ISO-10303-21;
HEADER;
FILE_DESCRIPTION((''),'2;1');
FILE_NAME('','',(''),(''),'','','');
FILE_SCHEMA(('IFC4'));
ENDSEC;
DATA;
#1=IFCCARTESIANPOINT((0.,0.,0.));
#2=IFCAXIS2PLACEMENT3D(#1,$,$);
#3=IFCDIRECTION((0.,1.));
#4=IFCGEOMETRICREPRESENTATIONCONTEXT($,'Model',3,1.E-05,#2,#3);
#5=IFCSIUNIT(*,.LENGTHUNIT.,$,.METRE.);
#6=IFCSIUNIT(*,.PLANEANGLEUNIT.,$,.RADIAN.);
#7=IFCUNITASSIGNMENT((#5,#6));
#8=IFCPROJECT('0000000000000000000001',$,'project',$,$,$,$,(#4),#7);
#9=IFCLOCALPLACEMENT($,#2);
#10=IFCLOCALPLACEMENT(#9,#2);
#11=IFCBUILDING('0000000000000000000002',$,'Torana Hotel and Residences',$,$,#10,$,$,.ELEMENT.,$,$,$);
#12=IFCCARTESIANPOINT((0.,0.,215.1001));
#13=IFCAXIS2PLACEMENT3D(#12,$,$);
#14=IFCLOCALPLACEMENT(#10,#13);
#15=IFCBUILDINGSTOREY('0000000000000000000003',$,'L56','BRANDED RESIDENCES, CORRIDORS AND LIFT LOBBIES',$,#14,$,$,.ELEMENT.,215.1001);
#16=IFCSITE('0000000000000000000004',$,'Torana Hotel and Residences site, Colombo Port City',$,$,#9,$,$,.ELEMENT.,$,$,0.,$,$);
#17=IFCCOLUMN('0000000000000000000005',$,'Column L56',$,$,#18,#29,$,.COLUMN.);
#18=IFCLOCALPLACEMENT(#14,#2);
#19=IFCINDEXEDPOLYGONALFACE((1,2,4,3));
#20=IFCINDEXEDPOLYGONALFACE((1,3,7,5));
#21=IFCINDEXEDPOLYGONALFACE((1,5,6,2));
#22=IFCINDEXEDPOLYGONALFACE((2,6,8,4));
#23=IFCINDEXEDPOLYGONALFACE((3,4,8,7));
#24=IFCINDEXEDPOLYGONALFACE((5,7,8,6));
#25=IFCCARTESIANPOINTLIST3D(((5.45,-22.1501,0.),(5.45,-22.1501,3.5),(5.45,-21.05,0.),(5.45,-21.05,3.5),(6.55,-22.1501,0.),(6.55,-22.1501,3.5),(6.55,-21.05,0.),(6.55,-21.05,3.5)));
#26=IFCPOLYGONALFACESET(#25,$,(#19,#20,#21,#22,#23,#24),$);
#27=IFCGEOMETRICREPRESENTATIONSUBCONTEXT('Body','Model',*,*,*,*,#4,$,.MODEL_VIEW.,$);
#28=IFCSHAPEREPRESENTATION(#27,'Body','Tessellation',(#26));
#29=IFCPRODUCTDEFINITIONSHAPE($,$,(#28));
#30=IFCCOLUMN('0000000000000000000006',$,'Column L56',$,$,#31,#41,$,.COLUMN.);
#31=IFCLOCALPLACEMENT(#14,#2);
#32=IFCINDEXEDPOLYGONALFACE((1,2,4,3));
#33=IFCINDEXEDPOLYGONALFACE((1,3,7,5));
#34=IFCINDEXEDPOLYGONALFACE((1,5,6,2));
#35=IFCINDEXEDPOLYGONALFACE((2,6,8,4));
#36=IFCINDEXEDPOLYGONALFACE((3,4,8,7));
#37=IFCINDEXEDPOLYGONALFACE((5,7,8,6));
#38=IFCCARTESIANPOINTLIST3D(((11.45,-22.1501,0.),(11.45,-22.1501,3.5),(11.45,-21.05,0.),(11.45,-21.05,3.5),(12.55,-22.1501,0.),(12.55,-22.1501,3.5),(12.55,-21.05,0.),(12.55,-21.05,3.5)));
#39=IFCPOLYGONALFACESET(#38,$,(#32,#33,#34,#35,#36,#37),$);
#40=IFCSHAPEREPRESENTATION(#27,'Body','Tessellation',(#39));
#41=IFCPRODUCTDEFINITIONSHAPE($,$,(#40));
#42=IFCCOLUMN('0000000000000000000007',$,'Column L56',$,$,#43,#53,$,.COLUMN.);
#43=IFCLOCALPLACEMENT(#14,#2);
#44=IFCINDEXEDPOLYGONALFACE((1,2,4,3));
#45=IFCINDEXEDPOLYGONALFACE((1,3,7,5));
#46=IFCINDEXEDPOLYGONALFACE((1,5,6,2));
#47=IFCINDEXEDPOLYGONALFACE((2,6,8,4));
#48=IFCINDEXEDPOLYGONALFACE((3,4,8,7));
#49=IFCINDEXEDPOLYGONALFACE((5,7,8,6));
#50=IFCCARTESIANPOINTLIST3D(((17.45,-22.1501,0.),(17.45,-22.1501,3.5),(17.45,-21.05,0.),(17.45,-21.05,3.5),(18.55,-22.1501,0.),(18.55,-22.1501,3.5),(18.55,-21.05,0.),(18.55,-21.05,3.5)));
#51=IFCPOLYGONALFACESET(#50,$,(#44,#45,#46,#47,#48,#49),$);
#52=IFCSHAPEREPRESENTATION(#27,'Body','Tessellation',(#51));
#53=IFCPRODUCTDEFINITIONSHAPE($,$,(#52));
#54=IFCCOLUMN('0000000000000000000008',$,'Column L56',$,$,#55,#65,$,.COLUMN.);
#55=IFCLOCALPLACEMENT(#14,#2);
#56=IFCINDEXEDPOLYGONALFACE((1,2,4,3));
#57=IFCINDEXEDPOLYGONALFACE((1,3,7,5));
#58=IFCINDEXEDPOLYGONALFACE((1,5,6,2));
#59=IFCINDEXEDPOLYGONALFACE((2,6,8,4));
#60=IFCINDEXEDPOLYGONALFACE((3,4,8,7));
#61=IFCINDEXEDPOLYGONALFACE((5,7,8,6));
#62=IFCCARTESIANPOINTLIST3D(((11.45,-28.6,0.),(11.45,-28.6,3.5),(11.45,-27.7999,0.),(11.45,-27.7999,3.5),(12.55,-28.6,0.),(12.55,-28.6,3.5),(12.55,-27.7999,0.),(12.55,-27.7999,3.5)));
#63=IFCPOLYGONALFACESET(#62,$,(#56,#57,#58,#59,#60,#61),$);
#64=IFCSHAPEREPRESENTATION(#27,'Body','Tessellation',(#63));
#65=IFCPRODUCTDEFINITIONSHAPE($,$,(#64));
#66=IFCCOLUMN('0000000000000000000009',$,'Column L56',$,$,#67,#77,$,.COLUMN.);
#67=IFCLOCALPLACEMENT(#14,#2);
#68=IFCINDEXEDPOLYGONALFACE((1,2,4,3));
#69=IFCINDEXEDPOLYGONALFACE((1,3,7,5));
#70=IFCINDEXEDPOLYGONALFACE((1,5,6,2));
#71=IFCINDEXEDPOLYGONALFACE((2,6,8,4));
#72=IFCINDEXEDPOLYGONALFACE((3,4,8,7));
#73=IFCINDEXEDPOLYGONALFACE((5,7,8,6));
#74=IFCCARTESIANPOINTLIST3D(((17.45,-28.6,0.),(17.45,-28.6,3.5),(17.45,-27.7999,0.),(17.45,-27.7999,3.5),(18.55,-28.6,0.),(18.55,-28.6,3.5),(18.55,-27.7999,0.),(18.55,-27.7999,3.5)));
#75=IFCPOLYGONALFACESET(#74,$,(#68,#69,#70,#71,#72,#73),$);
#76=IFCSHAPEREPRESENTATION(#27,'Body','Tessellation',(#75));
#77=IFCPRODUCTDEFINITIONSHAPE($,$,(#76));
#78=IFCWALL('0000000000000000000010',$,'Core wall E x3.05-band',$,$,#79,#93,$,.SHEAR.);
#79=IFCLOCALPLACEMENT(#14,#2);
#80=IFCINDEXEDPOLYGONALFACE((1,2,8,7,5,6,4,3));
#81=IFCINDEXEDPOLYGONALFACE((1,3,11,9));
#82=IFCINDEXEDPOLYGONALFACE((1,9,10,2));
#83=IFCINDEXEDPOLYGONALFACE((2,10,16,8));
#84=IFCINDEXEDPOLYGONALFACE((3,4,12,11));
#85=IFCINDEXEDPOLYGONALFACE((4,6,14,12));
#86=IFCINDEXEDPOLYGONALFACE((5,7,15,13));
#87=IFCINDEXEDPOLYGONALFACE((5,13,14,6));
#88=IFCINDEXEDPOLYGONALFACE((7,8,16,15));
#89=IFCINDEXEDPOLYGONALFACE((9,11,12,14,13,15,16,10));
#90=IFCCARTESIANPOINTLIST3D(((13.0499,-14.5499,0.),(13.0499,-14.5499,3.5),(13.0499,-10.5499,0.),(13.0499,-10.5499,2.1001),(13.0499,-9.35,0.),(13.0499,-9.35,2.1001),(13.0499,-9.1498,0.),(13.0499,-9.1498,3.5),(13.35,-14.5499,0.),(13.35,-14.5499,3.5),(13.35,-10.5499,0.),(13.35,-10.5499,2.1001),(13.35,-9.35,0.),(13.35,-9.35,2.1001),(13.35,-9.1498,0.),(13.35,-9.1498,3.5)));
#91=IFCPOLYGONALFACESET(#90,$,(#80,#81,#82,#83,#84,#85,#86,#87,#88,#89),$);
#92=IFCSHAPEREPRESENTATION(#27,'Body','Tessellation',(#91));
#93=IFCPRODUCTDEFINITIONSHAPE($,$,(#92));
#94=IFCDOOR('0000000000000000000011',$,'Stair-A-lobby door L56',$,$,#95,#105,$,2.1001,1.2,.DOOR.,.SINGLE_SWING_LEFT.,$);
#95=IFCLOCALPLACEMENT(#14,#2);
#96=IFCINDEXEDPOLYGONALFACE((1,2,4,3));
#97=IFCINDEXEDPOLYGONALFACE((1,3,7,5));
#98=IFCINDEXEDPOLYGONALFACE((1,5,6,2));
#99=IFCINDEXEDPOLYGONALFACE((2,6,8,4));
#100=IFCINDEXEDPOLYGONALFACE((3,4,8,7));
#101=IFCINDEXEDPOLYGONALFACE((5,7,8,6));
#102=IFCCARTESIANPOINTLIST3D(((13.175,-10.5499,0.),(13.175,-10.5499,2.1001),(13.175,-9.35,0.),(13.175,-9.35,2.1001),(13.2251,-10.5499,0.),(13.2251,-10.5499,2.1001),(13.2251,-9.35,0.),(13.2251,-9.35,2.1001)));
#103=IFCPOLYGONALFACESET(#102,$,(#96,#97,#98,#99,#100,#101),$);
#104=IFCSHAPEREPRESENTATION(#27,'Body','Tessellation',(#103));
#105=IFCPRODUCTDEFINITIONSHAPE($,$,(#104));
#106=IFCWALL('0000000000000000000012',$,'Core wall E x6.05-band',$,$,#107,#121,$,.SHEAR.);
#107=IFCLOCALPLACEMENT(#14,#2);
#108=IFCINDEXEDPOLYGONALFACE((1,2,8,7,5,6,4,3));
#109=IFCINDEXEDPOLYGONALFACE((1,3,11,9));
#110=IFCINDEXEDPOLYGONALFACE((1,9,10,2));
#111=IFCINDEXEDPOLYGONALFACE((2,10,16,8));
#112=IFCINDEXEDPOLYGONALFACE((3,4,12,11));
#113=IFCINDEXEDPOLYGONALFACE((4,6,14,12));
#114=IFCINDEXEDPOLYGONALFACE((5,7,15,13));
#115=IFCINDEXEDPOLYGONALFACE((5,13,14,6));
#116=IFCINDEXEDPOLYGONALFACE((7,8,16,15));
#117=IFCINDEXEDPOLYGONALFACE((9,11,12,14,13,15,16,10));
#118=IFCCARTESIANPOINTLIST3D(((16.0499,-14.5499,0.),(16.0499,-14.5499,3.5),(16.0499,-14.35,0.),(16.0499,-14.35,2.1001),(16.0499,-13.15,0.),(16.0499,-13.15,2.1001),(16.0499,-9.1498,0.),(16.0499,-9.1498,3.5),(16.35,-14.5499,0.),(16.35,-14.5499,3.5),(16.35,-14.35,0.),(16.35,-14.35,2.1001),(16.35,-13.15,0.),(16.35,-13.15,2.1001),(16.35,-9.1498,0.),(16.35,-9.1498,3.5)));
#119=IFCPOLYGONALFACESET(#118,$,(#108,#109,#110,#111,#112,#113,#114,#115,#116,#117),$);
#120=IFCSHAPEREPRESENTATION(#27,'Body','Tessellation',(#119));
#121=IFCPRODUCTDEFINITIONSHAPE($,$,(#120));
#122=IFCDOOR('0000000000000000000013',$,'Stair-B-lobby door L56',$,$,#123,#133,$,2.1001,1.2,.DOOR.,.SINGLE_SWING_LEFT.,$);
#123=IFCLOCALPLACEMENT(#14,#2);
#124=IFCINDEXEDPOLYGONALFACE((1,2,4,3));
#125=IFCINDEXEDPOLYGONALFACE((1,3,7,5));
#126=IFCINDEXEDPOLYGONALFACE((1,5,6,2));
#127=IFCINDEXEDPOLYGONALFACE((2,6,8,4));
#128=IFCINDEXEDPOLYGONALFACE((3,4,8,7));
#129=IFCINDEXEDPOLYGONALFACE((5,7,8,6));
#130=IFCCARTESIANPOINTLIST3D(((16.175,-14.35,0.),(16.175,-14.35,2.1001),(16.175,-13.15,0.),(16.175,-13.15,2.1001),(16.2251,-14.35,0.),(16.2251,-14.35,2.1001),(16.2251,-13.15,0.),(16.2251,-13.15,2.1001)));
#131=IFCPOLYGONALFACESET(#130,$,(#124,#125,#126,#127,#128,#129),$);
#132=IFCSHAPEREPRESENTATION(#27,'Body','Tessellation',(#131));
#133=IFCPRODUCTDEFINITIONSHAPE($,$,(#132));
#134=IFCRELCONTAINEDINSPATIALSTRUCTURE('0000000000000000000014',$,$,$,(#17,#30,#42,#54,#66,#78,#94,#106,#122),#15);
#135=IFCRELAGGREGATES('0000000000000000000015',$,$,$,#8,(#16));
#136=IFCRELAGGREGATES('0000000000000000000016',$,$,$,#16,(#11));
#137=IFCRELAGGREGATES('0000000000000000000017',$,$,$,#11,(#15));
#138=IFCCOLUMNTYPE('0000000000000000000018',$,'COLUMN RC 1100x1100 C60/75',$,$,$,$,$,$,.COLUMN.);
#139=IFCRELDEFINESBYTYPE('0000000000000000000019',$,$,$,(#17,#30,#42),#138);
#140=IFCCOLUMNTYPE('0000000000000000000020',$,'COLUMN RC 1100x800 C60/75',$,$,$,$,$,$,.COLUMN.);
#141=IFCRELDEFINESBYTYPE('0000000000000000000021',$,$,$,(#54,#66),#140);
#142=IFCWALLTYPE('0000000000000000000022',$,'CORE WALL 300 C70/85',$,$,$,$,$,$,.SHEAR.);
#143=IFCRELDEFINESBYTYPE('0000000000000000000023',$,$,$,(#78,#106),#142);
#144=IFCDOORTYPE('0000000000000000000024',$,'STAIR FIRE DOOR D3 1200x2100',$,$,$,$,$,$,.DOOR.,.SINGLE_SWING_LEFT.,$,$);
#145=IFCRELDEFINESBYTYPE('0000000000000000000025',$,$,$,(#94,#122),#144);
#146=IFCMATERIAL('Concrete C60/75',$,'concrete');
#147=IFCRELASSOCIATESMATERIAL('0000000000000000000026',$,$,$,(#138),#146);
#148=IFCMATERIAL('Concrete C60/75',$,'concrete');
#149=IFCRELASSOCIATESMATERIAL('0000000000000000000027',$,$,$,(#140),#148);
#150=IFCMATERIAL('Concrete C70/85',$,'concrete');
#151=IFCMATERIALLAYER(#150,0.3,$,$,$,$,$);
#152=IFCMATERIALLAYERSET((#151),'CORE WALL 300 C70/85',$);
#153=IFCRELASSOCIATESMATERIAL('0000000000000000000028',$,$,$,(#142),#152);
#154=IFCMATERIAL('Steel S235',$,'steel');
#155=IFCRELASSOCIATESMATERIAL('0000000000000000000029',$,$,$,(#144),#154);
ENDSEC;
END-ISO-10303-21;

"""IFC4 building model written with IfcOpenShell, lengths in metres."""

from ifc_helpers import new_model, si_unit, direction, frame, frame_2d, origin, origin_2d, place, context, subcontext, project, spatial, rectangle, extrude, material, layer, layer_set, material_profile, profile_set, type_object, element, fill, save


model = new_model("IFC4")

# Units and contexts
model_context = context("Model", 3, precision=1e-05, world=origin(), true_north=direction((0.0, 1.0)))
body_context = subcontext(model_context, "Body", "Model", "MODEL_VIEW")
ifc_project = project(units=[si_unit("LENGTHUNIT", "METRE"), si_unit("PLANEANGLEUNIT", "RADIAN")], contexts=[model_context])

# Site, building, storey
site_placement = place(None, origin())
site = spatial("IfcSite", under=ifc_project, at=site_placement, Name="Torana Hotel and Residences site, Colombo Port City", CompositionType="ELEMENT", RefElevation=0.0)
building_placement = place(site_placement, origin())
building = spatial("IfcBuilding", under=site, at=building_placement, Name="Torana Hotel and Residences", CompositionType="ELEMENT")
storey_placement = place(building_placement, frame((0.0, 0.0, 215.1001)))
storey = spatial("IfcBuildingStorey", under=building, at=storey_placement, Name="L56", Description="BRANDED RESIDENCES, CORRIDORS AND LIFT LOBBIES", CompositionType="ELEMENT", Elevation=215.1001)

# Columns
ifc_material_1 = material(Name="Concrete C60/75", Category="concrete")
ifc_material_profile_1 = material_profile(ifc_material_1, rectangle(XDim=1.1001, YDim=1.1001, at=origin_2d()), Name="RC 1100x1100")
ifc_profile_set_1 = profile_set([ifc_material_profile_1], Name="Concrete C60/75")
column_type_1 = type_object("IfcColumnType", Name="COLUMN RC 1100x1100 C60/75", PredefinedType="COLUMN", material=ifc_profile_set_1)
for number, where, z_axis, x_axis, name in (
    (1, (6.0, -21.6001, 0.0), (0.0, 0.0, 1.0), (1.0, 0.0, 0.0), "Column L56"),
    (2, (12.0, -21.6001, 0.0), (0.0, 0.0, 1.0), (1.0, 0.0, 0.0), "Column L56"),
    (3, (18.0, -21.6001, 0.0), (0.0, 0.0, 1.0), (1.0, 0.0, 0.0), "Column L56"),
):
    element("IfcColumn", number, at=place(storey_placement, frame(where, z_axis=z_axis, x_axis=x_axis)), inside=storey, type_object=column_type_1, Name=name, PredefinedType="COLUMN", context=body_context, shape_type="SweptSolid", body=[
        extrude(rectangle(XDim=1.1001, YDim=1.1001, at=origin_2d()), origin(), (0.0, 0.0, 1.0), 3.5),
    ])
ifc_material_2 = material(Name="Concrete C60/75", Category="concrete")
ifc_material_profile_2 = material_profile(ifc_material_2, rectangle(XDim=1.1001, YDim=0.8, at=origin_2d()), Name="RC 1100x800")
ifc_profile_set_2 = profile_set([ifc_material_profile_2], Name="Concrete C60/75")
column_type_2 = type_object("IfcColumnType", Name="COLUMN RC 1100x800 C60/75", PredefinedType="COLUMN", material=ifc_profile_set_2)
for number, where, z_axis, x_axis, name in (
    (4, (12.0, -28.2, 0.0), (0.0, 0.0, 1.0), (1.0, 0.0, 0.0), "Column L56"),
    (5, (18.0, -28.2, 0.0), (0.0, 0.0, 1.0), (1.0, 0.0, 0.0), "Column L56"),
):
    element("IfcColumn", number, at=place(storey_placement, frame(where, z_axis=z_axis, x_axis=x_axis)), inside=storey, type_object=column_type_2, Name=name, PredefinedType="COLUMN", context=body_context, shape_type="SweptSolid", body=[
        extrude(rectangle(XDim=1.1001, YDim=0.8, at=origin_2d()), origin(), (0.0, 0.0, 1.0), 3.5),
    ])

# Walls, openings, doors
ifc_material_3 = material(Name="Concrete C70/85", Category="concrete")
ifc_layer_1 = layer(ifc_material_3, 0.3)
ifc_layer_set_1 = layer_set([ifc_layer_1], Name="CORE WALL 300 C70/85")
wall_type_1 = type_object("IfcWallType", Name="CORE WALL 300 C70/85", PredefinedType="SHEAR", material=ifc_layer_set_1)
wall_1_placement = place(storey_placement, frame((13.2, -14.55, 0.0), z_axis=(0.0, 0.0, 1.0), x_axis=(0.0, 1.0, 0.0)))
wall_1 = element("IfcWall", 6, at=wall_1_placement, inside=storey, type_object=wall_type_1, Name="Core wall E x3.05-band", PredefinedType="SHEAR", context=body_context, shape_type="SweptSolid", body=[
    extrude(rectangle(XDim=5.4001, YDim=0.3, at=frame_2d((2.7002, 0.0))), origin(), (0.0, 0.0, 1.0), 3.5),
])
opening_1_placement = place(wall_1_placement, frame((4.0, 0.0, 0.0)))
opening_1 = element("IfcOpeningElement", 7, at=opening_1_placement, cuts=wall_1, PredefinedType="OPENING", context=body_context, shape_type="SweptSolid", body=[
    extrude(rectangle(XDim=1.2, YDim=2.1001, at=frame_2d((0.6001, 1.05))), frame((0.0, 0.1599, 0.0), z_axis=(0.0, -1.0, 0.0), x_axis=(1.0, 0.0, 0.0)), (0.0, 0.0, 1.0), 0.3201),
])
ifc_material_4 = material(Name="Steel S235", Category="steel")
door_type_1 = type_object("IfcDoorType", Name="STAIR FIRE DOOR D3 1200x2100", OperationType="SINGLE_SWING_LEFT", PredefinedType="DOOR", material=ifc_material_4)
door_1_placement = place(opening_1_placement, origin())
door_1 = element("IfcDoor", 8, at=door_1_placement, inside=storey, type_object=door_type_1, Name="Stair-A-lobby door L56", OperationType="SINGLE_SWING_LEFT", OverallHeight=2.1001, OverallWidth=1.2, PredefinedType="DOOR", context=body_context, shape_type="SweptSolid", body=[
    extrude(rectangle(XDim=1.2, YDim=2.1001, at=frame_2d((0.6001, 1.05))), frame((0.0, 0.0249, 0.0), z_axis=(0.0, -1.0, 0.0), x_axis=(1.0, 0.0, 0.0)), (0.0, 0.0, 1.0), 0.05),
])
fill(opening_1, door_1)
wall_2_placement = place(storey_placement, frame((16.2, -14.55, 0.0), z_axis=(0.0, 0.0, 1.0), x_axis=(0.0, 1.0, 0.0)))
wall_2 = element("IfcWall", 9, at=wall_2_placement, inside=storey, type_object=wall_type_1, Name="Core wall E x6.05-band", PredefinedType="SHEAR", context=body_context, shape_type="SweptSolid", body=[
    extrude(rectangle(XDim=5.4001, YDim=0.3, at=frame_2d((2.7002, 0.0))), origin(), (0.0, 0.0, 1.0), 3.5),
])
opening_2_placement = place(wall_2_placement, frame((0.2, 0.0, 0.0)))
opening_2 = element("IfcOpeningElement", 10, at=opening_2_placement, cuts=wall_2, PredefinedType="OPENING", context=body_context, shape_type="SweptSolid", body=[
    extrude(rectangle(XDim=1.2, YDim=2.1001, at=frame_2d((0.6001, 1.05))), frame((0.0, 0.1599, 0.0), z_axis=(0.0, -1.0, 0.0), x_axis=(1.0, 0.0, 0.0)), (0.0, 0.0, 1.0), 0.3201),
])
door_2_placement = place(opening_2_placement, frame((0.6001, 0.0, 0.0), z_axis=(0.0, 0.0, 1.0), x_axis=(-1.0, 0.0, 0.0)))
door_2 = element("IfcDoor", 11, at=door_2_placement, inside=storey, type_object=door_type_1, Name="Stair-B-lobby door L56", OperationType="SINGLE_SWING_LEFT", OverallHeight=2.1001, OverallWidth=1.2, PredefinedType="DOOR", context=body_context, shape_type="SweptSolid", body=[
    extrude(rectangle(XDim=1.2, YDim=2.1001, at=frame_2d((0.0, 1.05))), frame((0.0, -0.0249, 0.0), z_axis=(0.0, 1.0, 0.0), x_axis=(-1.0, 0.0, 0.0)), (0.0, 0.0, 1.0), 0.05),
])
fill(opening_2, door_2)

save(model, "model.ifc")
